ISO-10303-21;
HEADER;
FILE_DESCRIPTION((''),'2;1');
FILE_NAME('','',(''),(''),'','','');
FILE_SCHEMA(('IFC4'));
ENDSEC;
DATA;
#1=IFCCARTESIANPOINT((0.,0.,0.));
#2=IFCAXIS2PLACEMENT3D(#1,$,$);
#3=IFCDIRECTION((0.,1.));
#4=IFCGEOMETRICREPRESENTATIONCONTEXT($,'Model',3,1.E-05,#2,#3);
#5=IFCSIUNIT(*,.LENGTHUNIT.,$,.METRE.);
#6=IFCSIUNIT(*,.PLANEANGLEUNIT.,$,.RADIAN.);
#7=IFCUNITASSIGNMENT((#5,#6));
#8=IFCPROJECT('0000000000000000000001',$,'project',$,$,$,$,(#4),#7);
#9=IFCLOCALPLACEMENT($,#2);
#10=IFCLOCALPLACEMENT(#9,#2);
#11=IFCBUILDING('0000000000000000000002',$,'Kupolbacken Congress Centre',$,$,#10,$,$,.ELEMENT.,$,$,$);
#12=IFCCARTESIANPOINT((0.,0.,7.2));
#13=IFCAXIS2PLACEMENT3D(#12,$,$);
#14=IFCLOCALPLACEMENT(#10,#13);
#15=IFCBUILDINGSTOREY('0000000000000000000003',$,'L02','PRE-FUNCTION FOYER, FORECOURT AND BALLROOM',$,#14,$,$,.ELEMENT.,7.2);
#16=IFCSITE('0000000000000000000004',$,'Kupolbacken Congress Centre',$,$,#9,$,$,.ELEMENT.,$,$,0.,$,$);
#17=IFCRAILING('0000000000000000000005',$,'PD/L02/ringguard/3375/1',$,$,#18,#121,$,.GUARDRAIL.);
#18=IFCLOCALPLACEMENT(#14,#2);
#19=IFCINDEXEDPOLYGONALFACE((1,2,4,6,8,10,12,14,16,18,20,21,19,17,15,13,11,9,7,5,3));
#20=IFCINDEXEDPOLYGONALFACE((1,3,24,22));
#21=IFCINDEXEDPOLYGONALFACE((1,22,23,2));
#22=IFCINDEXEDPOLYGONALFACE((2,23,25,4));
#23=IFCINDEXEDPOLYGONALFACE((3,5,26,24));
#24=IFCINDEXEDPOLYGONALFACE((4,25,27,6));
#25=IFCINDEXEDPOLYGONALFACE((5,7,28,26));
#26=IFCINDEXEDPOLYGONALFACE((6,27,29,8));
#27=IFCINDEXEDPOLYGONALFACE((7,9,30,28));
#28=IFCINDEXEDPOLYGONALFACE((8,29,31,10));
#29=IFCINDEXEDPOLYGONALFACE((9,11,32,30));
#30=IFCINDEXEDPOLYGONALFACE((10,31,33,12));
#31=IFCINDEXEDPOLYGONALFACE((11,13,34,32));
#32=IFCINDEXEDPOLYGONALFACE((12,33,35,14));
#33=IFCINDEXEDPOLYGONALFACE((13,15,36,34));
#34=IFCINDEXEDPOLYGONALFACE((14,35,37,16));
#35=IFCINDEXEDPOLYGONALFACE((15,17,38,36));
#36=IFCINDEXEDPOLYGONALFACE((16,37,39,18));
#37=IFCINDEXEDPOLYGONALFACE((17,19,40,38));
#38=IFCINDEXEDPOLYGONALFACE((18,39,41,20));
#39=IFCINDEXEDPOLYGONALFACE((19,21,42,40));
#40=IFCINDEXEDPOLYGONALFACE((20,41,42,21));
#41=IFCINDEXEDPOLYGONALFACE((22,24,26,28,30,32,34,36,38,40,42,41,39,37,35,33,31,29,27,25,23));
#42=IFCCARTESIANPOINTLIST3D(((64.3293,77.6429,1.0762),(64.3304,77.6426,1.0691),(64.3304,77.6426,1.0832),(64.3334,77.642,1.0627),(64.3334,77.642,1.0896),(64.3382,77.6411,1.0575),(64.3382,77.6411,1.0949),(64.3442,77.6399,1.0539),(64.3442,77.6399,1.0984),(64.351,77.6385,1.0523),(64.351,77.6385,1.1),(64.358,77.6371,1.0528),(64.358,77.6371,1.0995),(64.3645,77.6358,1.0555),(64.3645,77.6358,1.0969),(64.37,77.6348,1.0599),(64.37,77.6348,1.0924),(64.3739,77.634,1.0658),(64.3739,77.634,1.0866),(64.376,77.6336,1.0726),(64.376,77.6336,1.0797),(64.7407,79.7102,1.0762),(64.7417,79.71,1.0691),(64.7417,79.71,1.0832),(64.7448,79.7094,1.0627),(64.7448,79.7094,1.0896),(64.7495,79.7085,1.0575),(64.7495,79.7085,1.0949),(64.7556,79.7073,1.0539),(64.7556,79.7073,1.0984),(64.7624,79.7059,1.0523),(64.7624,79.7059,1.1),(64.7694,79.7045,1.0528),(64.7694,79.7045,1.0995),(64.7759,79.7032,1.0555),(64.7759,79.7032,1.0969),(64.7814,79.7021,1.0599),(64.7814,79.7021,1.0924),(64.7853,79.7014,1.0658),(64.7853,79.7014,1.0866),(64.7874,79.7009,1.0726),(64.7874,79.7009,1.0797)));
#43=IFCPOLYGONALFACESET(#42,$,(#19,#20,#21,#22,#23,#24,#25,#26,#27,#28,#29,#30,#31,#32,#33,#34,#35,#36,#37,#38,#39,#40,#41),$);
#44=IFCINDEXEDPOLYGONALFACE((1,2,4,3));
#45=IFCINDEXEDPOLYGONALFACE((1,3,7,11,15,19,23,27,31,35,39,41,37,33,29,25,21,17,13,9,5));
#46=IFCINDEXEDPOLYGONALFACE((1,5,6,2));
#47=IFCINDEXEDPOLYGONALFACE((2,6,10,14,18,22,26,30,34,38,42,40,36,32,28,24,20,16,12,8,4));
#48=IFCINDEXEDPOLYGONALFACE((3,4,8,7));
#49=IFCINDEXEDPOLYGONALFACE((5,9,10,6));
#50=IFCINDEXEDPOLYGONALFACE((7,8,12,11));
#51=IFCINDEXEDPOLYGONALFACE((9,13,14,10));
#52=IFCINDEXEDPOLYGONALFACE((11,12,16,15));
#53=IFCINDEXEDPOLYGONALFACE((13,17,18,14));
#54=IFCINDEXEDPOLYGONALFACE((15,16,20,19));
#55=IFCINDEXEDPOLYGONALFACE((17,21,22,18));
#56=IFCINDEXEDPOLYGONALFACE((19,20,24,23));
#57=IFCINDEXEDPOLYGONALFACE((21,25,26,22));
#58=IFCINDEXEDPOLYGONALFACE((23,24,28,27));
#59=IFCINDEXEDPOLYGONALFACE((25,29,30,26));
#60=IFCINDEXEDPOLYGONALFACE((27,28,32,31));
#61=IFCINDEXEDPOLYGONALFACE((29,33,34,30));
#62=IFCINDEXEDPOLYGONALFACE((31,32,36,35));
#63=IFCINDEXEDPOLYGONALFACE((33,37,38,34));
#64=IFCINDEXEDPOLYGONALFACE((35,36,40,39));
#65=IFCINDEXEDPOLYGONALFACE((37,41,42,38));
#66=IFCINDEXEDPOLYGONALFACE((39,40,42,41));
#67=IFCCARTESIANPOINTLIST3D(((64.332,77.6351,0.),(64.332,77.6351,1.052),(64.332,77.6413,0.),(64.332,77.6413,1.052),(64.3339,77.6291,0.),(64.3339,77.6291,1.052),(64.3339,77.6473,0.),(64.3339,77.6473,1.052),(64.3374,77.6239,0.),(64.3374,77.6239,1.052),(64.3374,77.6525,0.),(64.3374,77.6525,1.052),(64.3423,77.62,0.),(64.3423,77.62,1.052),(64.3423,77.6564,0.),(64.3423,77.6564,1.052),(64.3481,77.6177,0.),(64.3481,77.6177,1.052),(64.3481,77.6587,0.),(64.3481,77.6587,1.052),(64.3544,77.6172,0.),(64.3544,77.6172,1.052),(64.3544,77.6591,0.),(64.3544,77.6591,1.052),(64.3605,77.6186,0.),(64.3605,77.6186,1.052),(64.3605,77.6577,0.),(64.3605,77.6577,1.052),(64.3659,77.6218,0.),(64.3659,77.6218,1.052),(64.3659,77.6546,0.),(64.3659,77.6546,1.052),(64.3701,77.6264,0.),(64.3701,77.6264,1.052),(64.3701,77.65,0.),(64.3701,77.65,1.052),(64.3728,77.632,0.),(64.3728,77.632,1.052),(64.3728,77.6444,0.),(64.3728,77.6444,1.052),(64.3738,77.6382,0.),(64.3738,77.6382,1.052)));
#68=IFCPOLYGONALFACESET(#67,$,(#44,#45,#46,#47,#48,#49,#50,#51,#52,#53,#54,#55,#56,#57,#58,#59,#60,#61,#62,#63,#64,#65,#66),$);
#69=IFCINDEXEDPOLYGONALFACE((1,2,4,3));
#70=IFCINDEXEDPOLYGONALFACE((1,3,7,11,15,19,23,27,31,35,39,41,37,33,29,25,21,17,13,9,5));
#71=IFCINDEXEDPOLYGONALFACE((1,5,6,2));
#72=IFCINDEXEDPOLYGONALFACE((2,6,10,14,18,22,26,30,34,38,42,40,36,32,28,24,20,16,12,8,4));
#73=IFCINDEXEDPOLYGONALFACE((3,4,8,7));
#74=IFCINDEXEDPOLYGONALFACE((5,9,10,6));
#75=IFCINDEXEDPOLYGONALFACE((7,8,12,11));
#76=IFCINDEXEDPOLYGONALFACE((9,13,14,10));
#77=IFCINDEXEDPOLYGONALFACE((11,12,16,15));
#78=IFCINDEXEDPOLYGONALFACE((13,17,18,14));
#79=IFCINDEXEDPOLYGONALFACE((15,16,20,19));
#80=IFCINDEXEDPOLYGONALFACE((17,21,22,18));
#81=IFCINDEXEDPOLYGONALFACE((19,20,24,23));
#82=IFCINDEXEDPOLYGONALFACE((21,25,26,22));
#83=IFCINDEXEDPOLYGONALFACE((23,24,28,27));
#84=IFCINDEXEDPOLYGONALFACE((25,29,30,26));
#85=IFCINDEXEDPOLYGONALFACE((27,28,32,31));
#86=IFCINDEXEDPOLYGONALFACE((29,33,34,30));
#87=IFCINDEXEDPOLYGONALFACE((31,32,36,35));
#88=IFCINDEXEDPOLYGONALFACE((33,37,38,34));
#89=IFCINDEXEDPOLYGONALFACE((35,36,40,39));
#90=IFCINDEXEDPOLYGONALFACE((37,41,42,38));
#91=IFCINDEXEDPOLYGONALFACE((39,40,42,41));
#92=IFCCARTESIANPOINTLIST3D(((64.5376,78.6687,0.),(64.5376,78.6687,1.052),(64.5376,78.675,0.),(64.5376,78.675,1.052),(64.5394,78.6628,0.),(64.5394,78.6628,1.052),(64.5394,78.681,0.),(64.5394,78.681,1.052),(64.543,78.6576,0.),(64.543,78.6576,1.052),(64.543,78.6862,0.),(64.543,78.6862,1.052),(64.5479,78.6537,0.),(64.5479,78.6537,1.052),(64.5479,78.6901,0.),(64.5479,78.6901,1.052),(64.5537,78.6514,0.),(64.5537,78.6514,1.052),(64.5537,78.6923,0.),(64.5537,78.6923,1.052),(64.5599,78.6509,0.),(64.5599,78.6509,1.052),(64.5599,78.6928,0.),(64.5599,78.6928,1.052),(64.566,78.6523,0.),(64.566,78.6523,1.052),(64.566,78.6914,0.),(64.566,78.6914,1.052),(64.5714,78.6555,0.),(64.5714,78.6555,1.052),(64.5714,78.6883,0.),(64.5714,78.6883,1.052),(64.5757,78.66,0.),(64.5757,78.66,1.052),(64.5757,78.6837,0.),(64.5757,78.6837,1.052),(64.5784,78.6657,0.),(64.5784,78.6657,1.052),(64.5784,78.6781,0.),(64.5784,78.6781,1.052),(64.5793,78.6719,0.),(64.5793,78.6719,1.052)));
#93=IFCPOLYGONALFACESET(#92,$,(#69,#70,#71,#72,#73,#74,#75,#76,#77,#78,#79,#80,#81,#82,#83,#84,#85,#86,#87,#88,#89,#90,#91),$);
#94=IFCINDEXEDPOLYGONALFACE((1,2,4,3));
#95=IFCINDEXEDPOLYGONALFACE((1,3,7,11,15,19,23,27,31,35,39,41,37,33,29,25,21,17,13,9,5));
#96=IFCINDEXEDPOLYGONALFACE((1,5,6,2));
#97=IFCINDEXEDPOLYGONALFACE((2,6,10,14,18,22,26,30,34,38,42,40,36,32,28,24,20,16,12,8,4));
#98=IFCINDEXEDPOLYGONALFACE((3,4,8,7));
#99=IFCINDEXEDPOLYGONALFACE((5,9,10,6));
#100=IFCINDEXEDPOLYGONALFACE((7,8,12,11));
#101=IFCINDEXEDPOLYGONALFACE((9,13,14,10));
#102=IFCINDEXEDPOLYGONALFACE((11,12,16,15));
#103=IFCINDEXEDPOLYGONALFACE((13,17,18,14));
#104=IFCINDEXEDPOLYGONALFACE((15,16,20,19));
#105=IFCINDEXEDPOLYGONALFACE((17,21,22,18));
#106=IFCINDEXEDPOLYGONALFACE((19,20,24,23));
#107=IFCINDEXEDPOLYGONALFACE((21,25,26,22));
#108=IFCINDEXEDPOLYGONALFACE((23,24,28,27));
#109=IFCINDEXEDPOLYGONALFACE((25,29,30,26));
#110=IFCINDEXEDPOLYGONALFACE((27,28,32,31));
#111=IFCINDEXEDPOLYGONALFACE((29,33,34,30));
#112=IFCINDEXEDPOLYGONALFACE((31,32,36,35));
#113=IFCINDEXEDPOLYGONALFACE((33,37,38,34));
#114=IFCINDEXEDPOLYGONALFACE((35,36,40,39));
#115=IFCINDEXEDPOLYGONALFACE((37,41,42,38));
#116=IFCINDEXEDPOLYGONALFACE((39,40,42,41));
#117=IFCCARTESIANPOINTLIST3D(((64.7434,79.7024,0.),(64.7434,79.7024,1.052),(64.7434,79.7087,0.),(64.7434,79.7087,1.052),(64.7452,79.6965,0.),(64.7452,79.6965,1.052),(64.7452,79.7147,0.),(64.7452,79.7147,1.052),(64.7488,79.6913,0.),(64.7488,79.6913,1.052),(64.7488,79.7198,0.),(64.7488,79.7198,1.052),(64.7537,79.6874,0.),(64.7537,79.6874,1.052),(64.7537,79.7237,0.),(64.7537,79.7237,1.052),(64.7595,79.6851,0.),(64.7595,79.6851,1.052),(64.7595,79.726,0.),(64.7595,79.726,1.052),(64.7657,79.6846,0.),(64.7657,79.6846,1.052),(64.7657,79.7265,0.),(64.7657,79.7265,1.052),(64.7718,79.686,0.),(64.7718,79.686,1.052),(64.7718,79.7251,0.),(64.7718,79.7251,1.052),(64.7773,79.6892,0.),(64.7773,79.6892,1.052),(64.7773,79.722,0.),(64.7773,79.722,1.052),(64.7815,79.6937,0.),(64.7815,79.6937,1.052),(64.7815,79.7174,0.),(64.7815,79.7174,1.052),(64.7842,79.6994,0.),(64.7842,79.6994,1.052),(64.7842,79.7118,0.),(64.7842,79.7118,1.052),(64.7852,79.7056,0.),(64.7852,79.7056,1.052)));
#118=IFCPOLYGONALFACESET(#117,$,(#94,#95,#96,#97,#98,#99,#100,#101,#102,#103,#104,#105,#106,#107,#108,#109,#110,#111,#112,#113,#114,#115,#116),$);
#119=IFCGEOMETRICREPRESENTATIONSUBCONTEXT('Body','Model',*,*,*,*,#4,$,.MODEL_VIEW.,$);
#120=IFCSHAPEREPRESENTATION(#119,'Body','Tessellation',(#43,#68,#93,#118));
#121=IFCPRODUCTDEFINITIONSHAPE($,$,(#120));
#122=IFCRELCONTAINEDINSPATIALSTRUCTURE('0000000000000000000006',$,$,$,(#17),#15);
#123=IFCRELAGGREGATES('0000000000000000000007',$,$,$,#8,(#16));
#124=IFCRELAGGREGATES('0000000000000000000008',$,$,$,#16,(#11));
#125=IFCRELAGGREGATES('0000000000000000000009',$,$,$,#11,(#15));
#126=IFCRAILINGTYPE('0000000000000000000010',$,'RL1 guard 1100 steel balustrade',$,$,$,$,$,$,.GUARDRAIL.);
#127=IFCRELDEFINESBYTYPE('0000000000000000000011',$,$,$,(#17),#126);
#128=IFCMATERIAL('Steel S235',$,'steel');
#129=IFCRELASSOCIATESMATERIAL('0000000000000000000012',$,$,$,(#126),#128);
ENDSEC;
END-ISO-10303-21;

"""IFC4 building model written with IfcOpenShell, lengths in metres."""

from ifc_helpers import new_model, si_unit, direction, frame, origin, origin_2d, place, context, subcontext, project, spatial, circle, extrude, material, type_object, element, save


model = new_model("IFC4")

# Units and contexts
model_context = context("Model", 3, precision=1e-05, world=origin(), true_north=direction((0.0, 1.0)))
body_context = subcontext(model_context, "Body", "Model", "MODEL_VIEW")
ifc_project = project(units=[si_unit("LENGTHUNIT", "METRE"), si_unit("PLANEANGLEUNIT", "RADIAN")], contexts=[model_context])

# Site, building, storey
site_placement = place(None, origin())
site = spatial("IfcSite", under=ifc_project, at=site_placement, Name="Kupolbacken Congress Centre", CompositionType="ELEMENT", RefElevation=0.0)
building_placement = place(site_placement, origin())
building = spatial("IfcBuilding", under=site, at=building_placement, Name="Kupolbacken Congress Centre", CompositionType="ELEMENT")
storey_placement = place(building_placement, frame((0.0, 0.0, 7.2)))
storey = spatial("IfcBuildingStorey", under=building, at=storey_placement, Name="L02", Description="PRE-FUNCTION FOYER, FORECOURT AND BALLROOM", CompositionType="ELEMENT", Elevation=7.2)

# Railing
ifc_material_1 = material(Name="Steel S235", Category="steel")
railing_type = type_object("IfcRailingType", Name="RL1 guard 1100 steel balustrade", PredefinedType="GUARDRAIL", material=ifc_material_1)
railing_1_placement = place(storey_placement, frame((64.3528, 77.6382, 0.0)))
element("IfcRailing", 1, at=railing_1_placement, inside=storey, type_object=railing_type, Name="PD/L02/ringguard/3375/1", PredefinedType="GUARDRAIL", context=body_context, shape_type="SweptSolid", body=[
    extrude(circle(Radius=0.0239, at=origin_2d()), frame((0.0, 0.0, 1.0762), z_axis=(0.195158, 0.980772, 0.0), x_axis=(-0.980772, 0.195158, 0.0)), (0.0, 0.0, 1.0), 2.1079),
    extrude(circle(Radius=0.021, at=origin_2d()), origin(), (0.0, 0.0, 1.0), 1.052),
    extrude(circle(Radius=0.021, at=origin_2d()), frame((0.2056, 1.0337, 0.0)), (0.0, 0.0, 1.0), 1.052),
    extrude(circle(Radius=0.021, at=origin_2d()), frame((0.4114, 2.0674, 0.0)), (0.0, 0.0, 1.0), 1.052),
])

save(model, "model.ifc")
